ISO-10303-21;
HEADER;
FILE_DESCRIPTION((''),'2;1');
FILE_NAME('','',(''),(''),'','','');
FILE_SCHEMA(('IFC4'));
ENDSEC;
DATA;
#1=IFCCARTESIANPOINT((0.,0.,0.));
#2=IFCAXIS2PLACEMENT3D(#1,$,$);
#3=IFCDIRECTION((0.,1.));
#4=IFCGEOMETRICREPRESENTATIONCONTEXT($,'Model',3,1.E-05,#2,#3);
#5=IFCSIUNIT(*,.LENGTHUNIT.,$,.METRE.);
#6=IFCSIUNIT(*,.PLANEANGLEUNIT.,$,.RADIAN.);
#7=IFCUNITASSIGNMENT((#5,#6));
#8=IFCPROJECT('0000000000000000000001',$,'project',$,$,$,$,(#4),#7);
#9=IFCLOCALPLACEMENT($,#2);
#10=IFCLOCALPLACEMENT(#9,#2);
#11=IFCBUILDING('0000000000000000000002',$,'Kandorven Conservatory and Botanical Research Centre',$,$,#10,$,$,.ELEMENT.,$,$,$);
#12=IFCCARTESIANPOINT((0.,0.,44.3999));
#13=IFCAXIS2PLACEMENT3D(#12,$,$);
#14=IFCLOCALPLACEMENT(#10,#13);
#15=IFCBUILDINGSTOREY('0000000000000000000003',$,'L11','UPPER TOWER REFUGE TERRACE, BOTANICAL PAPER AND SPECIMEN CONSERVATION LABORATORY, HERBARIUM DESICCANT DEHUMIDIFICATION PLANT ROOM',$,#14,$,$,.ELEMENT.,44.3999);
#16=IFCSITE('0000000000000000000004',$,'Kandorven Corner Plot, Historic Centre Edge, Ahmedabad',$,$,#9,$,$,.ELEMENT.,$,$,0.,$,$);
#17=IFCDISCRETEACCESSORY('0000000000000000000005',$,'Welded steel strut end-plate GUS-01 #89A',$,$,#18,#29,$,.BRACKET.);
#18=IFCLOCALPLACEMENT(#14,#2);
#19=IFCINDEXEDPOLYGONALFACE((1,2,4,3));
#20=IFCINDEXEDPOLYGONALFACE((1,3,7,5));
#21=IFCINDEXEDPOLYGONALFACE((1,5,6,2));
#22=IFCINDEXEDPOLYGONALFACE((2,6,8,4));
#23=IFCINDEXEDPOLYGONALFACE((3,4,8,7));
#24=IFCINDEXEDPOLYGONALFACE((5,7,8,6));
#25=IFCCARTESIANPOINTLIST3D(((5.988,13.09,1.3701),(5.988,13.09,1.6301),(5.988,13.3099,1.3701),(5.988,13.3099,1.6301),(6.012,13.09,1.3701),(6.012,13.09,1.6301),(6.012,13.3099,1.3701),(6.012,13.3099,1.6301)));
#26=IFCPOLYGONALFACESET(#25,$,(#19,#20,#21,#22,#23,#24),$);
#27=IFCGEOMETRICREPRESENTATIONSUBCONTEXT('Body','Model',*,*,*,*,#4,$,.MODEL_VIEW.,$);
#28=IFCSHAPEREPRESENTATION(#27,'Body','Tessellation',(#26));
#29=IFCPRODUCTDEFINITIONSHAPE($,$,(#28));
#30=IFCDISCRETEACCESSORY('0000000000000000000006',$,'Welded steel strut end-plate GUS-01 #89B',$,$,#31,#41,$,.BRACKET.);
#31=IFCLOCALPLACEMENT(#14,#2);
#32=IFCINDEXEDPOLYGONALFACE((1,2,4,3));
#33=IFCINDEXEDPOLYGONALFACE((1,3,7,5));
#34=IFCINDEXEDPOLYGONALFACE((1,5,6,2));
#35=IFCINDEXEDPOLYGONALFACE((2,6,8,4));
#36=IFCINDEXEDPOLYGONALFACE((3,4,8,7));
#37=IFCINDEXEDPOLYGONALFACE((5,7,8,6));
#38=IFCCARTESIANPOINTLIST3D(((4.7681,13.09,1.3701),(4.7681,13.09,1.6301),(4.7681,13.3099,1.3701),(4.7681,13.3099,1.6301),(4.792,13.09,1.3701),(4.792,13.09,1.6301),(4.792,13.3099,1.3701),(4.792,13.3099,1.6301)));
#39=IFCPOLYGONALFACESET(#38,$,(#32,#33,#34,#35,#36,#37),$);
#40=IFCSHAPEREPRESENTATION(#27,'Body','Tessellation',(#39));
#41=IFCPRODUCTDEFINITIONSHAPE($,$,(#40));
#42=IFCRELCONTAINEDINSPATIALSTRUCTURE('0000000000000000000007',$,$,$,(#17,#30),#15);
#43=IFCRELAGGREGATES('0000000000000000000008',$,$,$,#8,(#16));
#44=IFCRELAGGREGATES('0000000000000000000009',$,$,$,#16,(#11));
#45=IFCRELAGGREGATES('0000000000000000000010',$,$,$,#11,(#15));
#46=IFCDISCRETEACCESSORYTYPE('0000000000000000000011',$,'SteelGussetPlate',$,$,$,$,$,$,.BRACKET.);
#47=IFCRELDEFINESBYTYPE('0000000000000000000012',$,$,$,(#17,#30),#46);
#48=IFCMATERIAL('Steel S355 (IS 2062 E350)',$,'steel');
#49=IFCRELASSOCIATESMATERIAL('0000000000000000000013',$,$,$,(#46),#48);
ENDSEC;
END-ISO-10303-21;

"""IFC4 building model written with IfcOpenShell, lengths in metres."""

from ifc_helpers import new_model, si_unit, direction, frame, origin, origin_2d, place, context, subcontext, project, spatial, rectangle, extrude, material, type_object, element, save


model = new_model("IFC4")

# Units and contexts
model_context = context("Model", 3, precision=1e-05, world=origin(), true_north=direction((0.0, 1.0)))
body_context = subcontext(model_context, "Body", "Model", "MODEL_VIEW")
ifc_project = project(units=[si_unit("LENGTHUNIT", "METRE"), si_unit("PLANEANGLEUNIT", "RADIAN")], contexts=[model_context])

# Site, building, storey
site_placement = place(None, origin())
site = spatial("IfcSite", under=ifc_project, at=site_placement, Name="Kandorven Corner Plot, Historic Centre Edge, Ahmedabad", CompositionType="ELEMENT", RefElevation=0.0)
building_placement = place(site_placement, origin())
building = spatial("IfcBuilding", under=site, at=building_placement, Name="Kandorven Conservatory and Botanical Research Centre", CompositionType="ELEMENT")
storey_placement = place(building_placement, frame((0.0, 0.0, 44.3999)))
storey = spatial("IfcBuildingStorey", under=building, at=storey_placement, Name="L11", Description="UPPER TOWER REFUGE TERRACE, BOTANICAL PAPER AND SPECIMEN CONSERVATION LABORATORY, HERBARIUM DESICCANT DEHUMIDIFICATION PLANT ROOM", CompositionType="ELEMENT", Elevation=44.3999)

# Discrete accessories
ifc_material_1 = material(Name="Steel S355 (IS 2062 E350)", Category="steel")
discrete_accessory_type = type_object("IfcDiscreteAccessoryType", Name="SteelGussetPlate", PredefinedType="BRACKET", material=ifc_material_1)
for number, where, z_axis, x_axis, name in (
    (1, (6.0, 13.2, 1.3701), (0.0, 0.0, 1.0), (1.0, 0.0, 0.0), "Welded steel strut end-plate GUS-01 #89A"),
    (2, (4.78, 13.2, 1.3701), (0.0, 0.0, 1.0), (1.0, 0.0, 0.0), "Welded steel strut end-plate GUS-01 #89B"),
):
    element("IfcDiscreteAccessory", number, at=place(storey_placement, frame(where, z_axis=z_axis, x_axis=x_axis)), inside=storey, type_object=discrete_accessory_type, Name=name, PredefinedType="BRACKET", context=body_context, shape_type="SweptSolid", body=[
        extrude(rectangle(XDim=0.0239, YDim=0.22, at=origin_2d()), origin(), (0.0, 0.0, 1.0), 0.26),
    ])

save(model, "model.ifc")
